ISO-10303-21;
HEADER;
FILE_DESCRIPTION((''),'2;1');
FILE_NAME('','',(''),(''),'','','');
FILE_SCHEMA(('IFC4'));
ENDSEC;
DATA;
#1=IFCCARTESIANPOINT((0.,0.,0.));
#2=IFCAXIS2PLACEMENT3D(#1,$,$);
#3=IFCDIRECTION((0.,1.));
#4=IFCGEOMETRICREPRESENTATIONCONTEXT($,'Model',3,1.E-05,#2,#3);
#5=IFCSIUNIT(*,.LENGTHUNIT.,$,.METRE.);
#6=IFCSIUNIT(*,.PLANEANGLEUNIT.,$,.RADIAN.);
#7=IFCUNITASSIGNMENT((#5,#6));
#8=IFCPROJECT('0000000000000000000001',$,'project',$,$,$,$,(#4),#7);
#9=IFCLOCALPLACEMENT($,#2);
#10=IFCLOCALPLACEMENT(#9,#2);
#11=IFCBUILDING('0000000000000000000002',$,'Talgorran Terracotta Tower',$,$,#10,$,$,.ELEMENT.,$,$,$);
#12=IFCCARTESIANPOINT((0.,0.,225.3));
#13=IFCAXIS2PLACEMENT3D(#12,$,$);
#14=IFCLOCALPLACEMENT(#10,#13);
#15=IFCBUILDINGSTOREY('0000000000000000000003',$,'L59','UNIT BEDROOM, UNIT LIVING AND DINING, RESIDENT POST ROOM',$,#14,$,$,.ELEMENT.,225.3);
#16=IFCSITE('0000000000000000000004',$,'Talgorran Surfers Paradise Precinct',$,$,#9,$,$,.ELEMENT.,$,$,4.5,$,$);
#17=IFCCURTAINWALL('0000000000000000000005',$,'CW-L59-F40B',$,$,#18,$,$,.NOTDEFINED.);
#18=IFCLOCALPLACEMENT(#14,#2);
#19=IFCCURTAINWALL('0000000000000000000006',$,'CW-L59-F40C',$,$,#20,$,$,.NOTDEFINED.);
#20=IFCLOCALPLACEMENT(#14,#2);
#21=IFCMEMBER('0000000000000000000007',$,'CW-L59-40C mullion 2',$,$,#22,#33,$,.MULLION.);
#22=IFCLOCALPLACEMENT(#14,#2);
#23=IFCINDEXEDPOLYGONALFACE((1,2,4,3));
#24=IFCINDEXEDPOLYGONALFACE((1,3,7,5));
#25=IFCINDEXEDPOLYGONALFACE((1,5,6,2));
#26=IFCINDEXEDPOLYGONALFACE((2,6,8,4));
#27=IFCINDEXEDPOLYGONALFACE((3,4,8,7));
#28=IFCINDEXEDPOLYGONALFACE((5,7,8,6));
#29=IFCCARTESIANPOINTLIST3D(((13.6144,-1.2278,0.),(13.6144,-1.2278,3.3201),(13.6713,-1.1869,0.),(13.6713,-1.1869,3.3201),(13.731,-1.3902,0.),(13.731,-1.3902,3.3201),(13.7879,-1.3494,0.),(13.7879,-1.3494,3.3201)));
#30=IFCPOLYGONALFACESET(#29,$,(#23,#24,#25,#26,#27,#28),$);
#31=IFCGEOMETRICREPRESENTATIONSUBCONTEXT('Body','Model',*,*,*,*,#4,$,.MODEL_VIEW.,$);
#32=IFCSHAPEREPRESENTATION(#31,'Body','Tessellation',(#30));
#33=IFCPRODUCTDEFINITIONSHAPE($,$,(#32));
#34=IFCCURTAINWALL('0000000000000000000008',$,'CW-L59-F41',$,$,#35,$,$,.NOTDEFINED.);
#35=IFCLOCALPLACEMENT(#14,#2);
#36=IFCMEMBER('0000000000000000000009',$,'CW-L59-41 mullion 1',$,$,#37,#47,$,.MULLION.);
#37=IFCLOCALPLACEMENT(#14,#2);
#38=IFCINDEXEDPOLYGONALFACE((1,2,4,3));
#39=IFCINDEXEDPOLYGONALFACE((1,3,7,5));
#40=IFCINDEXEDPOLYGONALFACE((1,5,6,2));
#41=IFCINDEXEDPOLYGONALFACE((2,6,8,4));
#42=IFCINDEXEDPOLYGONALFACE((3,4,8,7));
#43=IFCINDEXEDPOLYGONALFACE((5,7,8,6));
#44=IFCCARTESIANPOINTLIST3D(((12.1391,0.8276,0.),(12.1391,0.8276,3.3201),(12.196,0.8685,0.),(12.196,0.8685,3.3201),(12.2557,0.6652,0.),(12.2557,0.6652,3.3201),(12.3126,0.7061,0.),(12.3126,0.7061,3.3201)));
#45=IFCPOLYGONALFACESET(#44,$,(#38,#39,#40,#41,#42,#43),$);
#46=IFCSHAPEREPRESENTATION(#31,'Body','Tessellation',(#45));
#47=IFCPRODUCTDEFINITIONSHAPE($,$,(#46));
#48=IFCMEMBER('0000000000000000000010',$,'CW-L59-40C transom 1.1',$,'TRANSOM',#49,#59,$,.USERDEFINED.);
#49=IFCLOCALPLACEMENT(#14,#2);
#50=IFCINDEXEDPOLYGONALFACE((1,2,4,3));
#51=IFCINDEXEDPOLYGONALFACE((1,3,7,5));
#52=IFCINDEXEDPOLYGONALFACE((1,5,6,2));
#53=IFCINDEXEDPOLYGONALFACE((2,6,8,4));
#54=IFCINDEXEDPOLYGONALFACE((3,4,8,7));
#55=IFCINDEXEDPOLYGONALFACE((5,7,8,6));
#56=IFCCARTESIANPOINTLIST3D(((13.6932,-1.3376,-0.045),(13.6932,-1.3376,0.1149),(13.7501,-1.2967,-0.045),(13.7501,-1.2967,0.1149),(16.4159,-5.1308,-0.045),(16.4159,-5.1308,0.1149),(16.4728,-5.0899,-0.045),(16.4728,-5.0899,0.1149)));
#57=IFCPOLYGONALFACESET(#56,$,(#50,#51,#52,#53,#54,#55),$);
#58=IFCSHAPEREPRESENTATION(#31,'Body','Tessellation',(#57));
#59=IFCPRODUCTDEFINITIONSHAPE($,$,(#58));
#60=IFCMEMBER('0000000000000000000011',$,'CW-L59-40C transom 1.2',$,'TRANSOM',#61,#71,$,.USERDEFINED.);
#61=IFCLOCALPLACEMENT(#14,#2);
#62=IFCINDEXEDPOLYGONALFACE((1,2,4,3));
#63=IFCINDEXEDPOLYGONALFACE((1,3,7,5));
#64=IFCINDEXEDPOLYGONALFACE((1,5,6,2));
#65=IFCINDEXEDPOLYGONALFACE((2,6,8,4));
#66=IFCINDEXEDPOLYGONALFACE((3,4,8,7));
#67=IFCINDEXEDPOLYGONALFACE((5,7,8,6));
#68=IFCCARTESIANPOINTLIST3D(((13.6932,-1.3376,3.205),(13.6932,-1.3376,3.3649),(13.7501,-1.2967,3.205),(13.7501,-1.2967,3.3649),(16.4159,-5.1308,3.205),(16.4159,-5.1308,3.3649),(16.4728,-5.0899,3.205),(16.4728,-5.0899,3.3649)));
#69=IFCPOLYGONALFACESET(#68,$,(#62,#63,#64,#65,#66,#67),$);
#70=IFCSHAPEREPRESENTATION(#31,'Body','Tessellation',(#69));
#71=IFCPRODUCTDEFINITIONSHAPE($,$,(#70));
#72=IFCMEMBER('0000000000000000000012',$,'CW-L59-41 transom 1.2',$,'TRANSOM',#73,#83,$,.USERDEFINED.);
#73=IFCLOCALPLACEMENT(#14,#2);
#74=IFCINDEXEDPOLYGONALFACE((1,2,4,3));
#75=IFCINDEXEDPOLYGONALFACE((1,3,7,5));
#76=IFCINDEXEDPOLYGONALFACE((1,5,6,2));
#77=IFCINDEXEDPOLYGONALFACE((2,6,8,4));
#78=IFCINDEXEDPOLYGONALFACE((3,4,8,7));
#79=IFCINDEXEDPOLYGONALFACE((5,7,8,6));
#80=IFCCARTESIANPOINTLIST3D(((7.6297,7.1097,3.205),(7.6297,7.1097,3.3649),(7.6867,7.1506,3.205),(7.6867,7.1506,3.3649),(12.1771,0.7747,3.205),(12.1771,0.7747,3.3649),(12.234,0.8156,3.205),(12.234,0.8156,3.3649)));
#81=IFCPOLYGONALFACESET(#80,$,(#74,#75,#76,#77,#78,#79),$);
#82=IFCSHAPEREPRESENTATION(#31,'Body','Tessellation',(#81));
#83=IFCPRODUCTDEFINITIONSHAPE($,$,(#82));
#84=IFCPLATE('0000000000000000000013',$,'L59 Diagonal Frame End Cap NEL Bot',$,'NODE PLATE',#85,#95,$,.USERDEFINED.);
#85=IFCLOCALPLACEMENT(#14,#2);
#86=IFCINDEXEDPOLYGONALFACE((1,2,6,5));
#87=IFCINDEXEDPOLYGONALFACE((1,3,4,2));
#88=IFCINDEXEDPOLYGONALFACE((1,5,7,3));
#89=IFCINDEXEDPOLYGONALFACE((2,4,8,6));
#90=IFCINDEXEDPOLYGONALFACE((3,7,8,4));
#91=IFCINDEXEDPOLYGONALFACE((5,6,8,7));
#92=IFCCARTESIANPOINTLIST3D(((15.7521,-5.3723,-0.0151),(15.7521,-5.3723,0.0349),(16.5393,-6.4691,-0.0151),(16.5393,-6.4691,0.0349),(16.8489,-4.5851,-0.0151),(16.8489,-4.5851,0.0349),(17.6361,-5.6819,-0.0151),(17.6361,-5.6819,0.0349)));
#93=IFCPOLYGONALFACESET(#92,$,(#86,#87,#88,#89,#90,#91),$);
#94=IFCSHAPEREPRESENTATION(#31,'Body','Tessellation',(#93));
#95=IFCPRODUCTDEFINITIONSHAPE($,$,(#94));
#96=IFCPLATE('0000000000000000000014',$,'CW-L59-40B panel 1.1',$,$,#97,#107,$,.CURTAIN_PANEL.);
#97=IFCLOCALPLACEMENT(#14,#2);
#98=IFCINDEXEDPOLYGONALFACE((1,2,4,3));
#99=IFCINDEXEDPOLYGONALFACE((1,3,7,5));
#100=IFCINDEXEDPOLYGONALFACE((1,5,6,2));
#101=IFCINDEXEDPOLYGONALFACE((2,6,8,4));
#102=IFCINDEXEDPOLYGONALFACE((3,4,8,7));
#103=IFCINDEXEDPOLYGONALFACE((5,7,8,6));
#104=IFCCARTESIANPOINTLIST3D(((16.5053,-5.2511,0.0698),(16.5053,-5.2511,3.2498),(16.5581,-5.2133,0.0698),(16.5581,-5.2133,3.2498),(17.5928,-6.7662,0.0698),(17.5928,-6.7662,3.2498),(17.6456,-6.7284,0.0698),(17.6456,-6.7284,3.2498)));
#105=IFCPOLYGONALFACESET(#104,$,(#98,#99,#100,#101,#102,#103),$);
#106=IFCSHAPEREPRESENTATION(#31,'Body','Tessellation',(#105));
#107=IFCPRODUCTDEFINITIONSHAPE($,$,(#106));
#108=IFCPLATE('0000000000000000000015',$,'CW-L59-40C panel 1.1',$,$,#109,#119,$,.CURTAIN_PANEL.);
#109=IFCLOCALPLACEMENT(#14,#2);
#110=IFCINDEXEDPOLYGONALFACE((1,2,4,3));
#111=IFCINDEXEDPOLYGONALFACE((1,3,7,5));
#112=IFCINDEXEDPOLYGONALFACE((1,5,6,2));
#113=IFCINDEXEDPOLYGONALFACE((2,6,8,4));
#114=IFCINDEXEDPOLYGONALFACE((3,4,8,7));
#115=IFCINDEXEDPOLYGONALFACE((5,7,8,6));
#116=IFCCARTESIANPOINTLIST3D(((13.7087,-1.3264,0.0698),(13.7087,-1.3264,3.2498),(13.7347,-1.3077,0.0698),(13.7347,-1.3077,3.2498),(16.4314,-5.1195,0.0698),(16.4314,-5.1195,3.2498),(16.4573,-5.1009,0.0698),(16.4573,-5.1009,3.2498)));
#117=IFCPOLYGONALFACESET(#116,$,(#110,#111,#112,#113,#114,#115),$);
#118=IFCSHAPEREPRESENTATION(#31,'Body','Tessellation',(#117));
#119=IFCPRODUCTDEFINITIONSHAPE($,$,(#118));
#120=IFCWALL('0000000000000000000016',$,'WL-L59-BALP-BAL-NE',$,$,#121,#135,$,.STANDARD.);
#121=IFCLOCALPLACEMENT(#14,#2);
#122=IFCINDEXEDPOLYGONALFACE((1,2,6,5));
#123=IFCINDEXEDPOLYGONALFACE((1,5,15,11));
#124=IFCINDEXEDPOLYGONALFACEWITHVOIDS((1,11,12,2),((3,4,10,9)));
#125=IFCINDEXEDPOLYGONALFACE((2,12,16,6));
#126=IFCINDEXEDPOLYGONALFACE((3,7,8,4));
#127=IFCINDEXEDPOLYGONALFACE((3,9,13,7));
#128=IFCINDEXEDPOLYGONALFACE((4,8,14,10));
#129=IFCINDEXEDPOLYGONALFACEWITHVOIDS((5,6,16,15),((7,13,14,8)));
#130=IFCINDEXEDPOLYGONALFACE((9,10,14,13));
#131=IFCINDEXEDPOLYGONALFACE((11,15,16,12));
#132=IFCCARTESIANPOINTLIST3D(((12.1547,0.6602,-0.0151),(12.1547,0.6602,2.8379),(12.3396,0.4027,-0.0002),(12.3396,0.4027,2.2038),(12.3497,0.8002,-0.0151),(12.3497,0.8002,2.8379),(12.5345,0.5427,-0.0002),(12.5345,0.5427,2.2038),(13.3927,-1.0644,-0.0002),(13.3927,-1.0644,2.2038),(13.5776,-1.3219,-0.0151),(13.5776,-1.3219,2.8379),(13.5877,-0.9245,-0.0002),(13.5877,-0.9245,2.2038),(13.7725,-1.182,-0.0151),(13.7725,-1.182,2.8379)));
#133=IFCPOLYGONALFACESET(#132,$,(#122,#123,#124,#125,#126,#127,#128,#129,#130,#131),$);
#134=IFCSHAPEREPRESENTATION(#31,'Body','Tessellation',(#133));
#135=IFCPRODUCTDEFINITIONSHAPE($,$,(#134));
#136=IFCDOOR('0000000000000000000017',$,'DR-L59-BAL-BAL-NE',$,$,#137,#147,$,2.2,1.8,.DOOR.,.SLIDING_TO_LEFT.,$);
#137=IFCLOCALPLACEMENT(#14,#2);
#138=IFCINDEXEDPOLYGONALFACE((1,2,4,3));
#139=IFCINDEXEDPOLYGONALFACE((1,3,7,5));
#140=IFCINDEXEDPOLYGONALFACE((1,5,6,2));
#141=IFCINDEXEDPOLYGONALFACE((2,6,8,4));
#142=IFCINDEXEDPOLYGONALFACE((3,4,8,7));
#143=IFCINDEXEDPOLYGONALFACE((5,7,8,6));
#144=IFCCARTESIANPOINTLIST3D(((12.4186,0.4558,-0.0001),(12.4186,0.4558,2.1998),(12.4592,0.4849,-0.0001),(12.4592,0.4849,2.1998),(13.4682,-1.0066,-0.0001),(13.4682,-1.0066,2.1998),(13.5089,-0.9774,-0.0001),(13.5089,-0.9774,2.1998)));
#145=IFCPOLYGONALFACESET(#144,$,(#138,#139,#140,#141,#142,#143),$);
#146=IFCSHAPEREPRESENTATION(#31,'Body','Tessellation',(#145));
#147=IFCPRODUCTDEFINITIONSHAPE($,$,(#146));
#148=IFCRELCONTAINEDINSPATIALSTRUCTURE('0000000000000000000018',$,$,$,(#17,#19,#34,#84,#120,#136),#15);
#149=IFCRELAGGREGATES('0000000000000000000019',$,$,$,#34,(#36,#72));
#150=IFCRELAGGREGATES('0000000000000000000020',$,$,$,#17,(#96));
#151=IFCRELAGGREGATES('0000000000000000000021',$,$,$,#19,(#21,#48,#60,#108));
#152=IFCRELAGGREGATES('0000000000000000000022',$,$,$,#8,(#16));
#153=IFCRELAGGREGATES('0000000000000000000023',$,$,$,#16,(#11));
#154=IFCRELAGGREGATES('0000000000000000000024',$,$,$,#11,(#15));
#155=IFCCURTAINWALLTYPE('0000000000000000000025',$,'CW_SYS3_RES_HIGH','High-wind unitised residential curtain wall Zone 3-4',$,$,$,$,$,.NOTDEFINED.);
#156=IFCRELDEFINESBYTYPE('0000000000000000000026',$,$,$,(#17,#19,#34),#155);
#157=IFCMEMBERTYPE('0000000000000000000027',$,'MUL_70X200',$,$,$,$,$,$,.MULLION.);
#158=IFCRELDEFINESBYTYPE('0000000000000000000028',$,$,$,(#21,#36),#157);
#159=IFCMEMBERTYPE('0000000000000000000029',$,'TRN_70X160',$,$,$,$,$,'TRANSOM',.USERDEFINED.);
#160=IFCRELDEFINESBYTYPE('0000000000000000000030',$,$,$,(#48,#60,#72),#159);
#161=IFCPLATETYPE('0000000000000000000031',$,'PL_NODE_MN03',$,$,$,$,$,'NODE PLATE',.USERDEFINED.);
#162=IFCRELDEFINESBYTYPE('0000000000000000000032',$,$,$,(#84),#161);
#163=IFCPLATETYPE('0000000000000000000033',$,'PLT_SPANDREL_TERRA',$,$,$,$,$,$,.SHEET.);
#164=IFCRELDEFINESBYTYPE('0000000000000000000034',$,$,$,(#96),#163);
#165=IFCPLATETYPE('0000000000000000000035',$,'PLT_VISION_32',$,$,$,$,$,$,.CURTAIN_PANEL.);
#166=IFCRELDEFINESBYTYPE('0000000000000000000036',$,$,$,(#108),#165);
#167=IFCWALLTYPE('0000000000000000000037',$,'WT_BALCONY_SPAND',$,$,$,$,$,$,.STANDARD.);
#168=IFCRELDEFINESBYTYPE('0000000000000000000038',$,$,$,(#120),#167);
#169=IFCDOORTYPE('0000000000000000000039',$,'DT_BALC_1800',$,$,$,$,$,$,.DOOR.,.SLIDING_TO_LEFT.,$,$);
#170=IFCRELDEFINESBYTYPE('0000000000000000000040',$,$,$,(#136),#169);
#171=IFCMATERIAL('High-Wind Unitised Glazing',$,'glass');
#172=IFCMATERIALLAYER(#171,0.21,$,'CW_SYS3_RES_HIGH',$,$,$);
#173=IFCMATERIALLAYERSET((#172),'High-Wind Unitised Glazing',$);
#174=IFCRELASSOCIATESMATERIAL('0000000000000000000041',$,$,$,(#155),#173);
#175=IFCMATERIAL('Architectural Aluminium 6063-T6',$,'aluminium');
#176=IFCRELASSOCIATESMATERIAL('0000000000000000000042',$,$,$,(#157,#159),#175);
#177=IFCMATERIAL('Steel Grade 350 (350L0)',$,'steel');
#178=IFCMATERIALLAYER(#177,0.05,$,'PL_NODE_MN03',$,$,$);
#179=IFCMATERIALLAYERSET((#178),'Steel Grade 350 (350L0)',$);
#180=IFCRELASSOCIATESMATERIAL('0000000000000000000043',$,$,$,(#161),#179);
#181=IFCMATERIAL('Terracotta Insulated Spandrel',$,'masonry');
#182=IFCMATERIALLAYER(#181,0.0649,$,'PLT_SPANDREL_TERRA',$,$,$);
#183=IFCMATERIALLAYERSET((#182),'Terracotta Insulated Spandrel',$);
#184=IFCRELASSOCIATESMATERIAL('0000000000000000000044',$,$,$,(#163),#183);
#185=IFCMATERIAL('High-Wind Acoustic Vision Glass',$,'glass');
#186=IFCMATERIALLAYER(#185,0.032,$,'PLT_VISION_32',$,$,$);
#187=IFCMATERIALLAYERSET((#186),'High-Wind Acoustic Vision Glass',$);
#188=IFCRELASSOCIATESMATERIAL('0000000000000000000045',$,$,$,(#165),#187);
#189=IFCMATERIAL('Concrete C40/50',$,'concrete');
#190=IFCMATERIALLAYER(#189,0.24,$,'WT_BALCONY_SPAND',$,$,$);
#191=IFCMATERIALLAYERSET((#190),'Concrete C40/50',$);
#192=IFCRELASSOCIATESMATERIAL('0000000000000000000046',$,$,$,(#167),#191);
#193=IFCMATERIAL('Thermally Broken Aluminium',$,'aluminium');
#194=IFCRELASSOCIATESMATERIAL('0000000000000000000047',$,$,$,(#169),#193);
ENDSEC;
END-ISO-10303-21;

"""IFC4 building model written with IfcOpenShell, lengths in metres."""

from ifc_helpers import new_model, si_unit, direction, frame, frame_2d, origin, origin_2d, place, context, subcontext, project, spatial, rectangle, extrude, source, transform, mapped, material, layer, layer_set, material_profile, profile_set, type_object, type_shapes, element, fill, aggregate, save


model = new_model("IFC4")

# Units and contexts
model_context = context("Model", 3, precision=1e-05, world=origin(), true_north=direction((0.0, 1.0)))
body_context = subcontext(model_context, "Body", "Model", "MODEL_VIEW")
ifc_project = project(units=[si_unit("LENGTHUNIT", "METRE"), si_unit("PLANEANGLEUNIT", "RADIAN")], contexts=[model_context])

# Site, building, storey
site_placement = place(None, origin())
site = spatial("IfcSite", under=ifc_project, at=site_placement, Name="Talgorran Surfers Paradise Precinct", CompositionType="ELEMENT", RefElevation=4.5)
building_placement = place(site_placement, origin())
building = spatial("IfcBuilding", under=site, at=building_placement, Name="Talgorran Terracotta Tower", CompositionType="ELEMENT")
storey_placement = place(building_placement, frame((0.0, 0.0, 225.3)))
storey = spatial("IfcBuildingStorey", under=building, at=storey_placement, Name="L59", Description="UNIT BEDROOM, UNIT LIVING AND DINING, RESIDENT POST ROOM", CompositionType="ELEMENT", Elevation=225.3)

# Shared definitions
ifc_material_1 = material(Name="Steel Grade 350 (350L0)", Category="steel")

# Curtain wall
ifc_material_2 = material(Name="High-Wind Unitised Glazing", Category="glass")
ifc_layer_1 = layer(ifc_material_2, 0.21, Name="CW_SYS3_RES_HIGH")
ifc_layer_set_1 = layer_set([ifc_layer_1], Name="High-Wind Unitised Glazing")
curtain_wall_type = type_object("IfcCurtainWallType", Name="CW_SYS3_RES_HIGH", Description="High-wind unitised residential curtain wall Zone 3-4", PredefinedType="NOTDEFINED", material=ifc_layer_set_1)
curtain_wall_1_placement = place(storey_placement, origin())
curtain_wall_1 = element("IfcCurtainWall", 1, at=curtain_wall_1_placement, inside=storey, type_object=curtain_wall_type, Name="CW-L59-F40B", PredefinedType="NOTDEFINED")
ifc_material_3 = material(Name="Architectural Aluminium 6063-T6", Category="aluminium")
ifc_material_profile_1 = material_profile(ifc_material_3, rectangle(XDim=0.0701, YDim=0.2, at=origin_2d()), Name="CWM70X200")
ifc_profile_set_1 = profile_set([ifc_material_profile_1], Name="Architectural Aluminium 6063-T6")
member_type_1 = type_object("IfcMemberType", Name="MUL_70X200", PredefinedType="MULLION", material=ifc_profile_set_1)

# Curtain wall, member
curtain_wall_2_placement = place(storey_placement, origin())
curtain_wall_2 = element("IfcCurtainWall", 2, at=curtain_wall_2_placement, inside=storey, type_object=curtain_wall_type, Name="CW-L59-F40C", PredefinedType="NOTDEFINED")
member_1_placement = place(storey_placement, frame((13.7012, -1.2886, 0.0), z_axis=(0.0, 0.0, 1.0), x_axis=(-0.812388, -0.583117, 0.0)))
member_1 = element("IfcMember", 3, at=member_1_placement, type_object=member_type_1, Name="CW-L59-40C mullion 2", PredefinedType="MULLION", context=body_context, shape_type="SweptSolid", body=[
    extrude(rectangle(XDim=0.0701, YDim=0.2, at=origin_2d()), origin(), (0.0, 0.0, 1.0), 3.3201),
])

# Curtain wall, member
curtain_wall_3_placement = place(storey_placement, origin())
curtain_wall_3 = element("IfcCurtainWall", 4, at=curtain_wall_3_placement, inside=storey, type_object=curtain_wall_type, Name="CW-L59-F41", PredefinedType="NOTDEFINED")
member_2_placement = place(storey_placement, frame((12.2258, 0.7668, 0.0), z_axis=(0.0, 0.0, 1.0), x_axis=(-0.81239, -0.583115, 0.0)))
member_2 = element("IfcMember", 5, at=member_2_placement, type_object=member_type_1, Name="CW-L59-41 mullion 1", PredefinedType="MULLION", context=body_context, shape_type="SweptSolid", body=[
    extrude(rectangle(XDim=0.0701, YDim=0.2, at=origin_2d()), origin(), (0.0, 0.0, 1.0), 3.3201),
])

# Members
ifc_material_profile_2 = material_profile(ifc_material_3, rectangle(XDim=0.0701, YDim=0.1599, at=origin_2d()), Name="CWT70X160")
ifc_profile_set_2 = profile_set([ifc_material_profile_2], Name="Architectural Aluminium 6063-T6")
member_type_2 = type_object("IfcMemberType", Name="TRN_70X160", ElementType="TRANSOM", PredefinedType="USERDEFINED", material=ifc_profile_set_2)
member_3_placement = place(storey_placement, frame((16.4443, -5.1104, 0.0349), z_axis=(-0.583111, 0.812392, 0.0), x_axis=(-0.812392, -0.583111, 0.0)))
member_3 = element("IfcMember", 6, at=member_3_placement, type_object=member_type_2, Name="CW-L59-40C transom 1.1", ObjectType="TRANSOM", PredefinedType="USERDEFINED", context=body_context, shape_type="SweptSolid", body=[
    extrude(rectangle(XDim=0.0701, YDim=0.1599, at=origin_2d()), origin(), (0.0, 0.0, 1.0), 4.6692),
])
member_4_placement = place(storey_placement, frame((16.4443, -5.1104, 3.2849), z_axis=(-0.583111, 0.812392, 0.0), x_axis=(-0.812392, -0.583111, 0.0)))
member_4 = element("IfcMember", 7, at=member_4_placement, type_object=member_type_2, Name="CW-L59-40C transom 1.2", ObjectType="TRANSOM", PredefinedType="USERDEFINED", context=body_context, shape_type="SweptSolid", body=[
    extrude(rectangle(XDim=0.0701, YDim=0.1599, at=origin_2d()), origin(), (0.0, 0.0, 1.0), 4.6692),
])
member_5_placement = place(storey_placement, frame((12.2056, 0.7952, 3.2849), z_axis=(-0.583138, 0.812373, 0.0), x_axis=(-0.812373, -0.583138, 0.0)))
member_5 = element("IfcMember", 8, at=member_5_placement, type_object=member_type_2, Name="CW-L59-41 transom 1.2", ObjectType="TRANSOM", PredefinedType="USERDEFINED", context=body_context, shape_type="SweptSolid", body=[
    extrude(rectangle(XDim=0.0701, YDim=0.1599, at=origin_2d()), origin(), (0.0, 0.0, 1.0), 7.7981),
])
aggregate(curtain_wall_3, [member_2, member_5])

# Plates
ifc_layer_2 = layer(ifc_material_1, 0.05, Name="PL_NODE_MN03")
ifc_layer_set_2 = layer_set([ifc_layer_2], Name="Steel Grade 350 (350L0)")
plate_type_1 = type_object("IfcPlateType", Name="PL_NODE_MN03", ElementType="NODE PLATE", PredefinedType="USERDEFINED", material=ifc_layer_set_2)
plate_1_placement = place(storey_placement, frame((16.6941, -5.5271, -0.0151), z_axis=(0.0, 0.0, 1.0), x_axis=(0.583116, -0.812389, 0.0)))
element("IfcPlate", 9, at=plate_1_placement, inside=storey, type_object=plate_type_1, Name="L59 Diagonal Frame End Cap NEL Bot", ObjectType="NODE PLATE", PredefinedType="USERDEFINED", context=body_context, shape_type="SweptSolid", body=[
    extrude(rectangle(XDim=1.3501, YDim=1.3501, at=origin_2d()), origin(), (0.0, 0.0, 1.0), 0.05),
])
ifc_material_4 = material(Name="Terracotta Insulated Spandrel", Category="masonry")
ifc_layer_3 = layer(ifc_material_4, 0.0649, Name="PLT_SPANDREL_TERRA")
ifc_layer_set_3 = layer_set([ifc_layer_3], Name="Terracotta Insulated Spandrel")
plate_type_2 = type_object("IfcPlateType", Name="PLT_SPANDREL_TERRA", PredefinedType="SHEET", material=ifc_layer_set_3)
shared_shape_1 = source(origin(), body_context, "Body", "SweptSolid", [
    extrude(rectangle(XDim=1.865, YDim=0.0649, at=origin_2d()), origin(), (0.0, 0.0, 1.0), 3.1799),
])
type_shapes(plate_type_2, [shared_shape_1])
plate_2_placement = place(storey_placement, frame((17.0754, -5.9897, 0.0698), z_axis=(0.0, 0.0, 1.0), x_axis=(-0.583119, 0.812387, 0.0)))
plate_2 = element("IfcPlate", 10, at=plate_2_placement, type_object=plate_type_2, Name="CW-L59-40B panel 1.1", PredefinedType="CURTAIN_PANEL", context=body_context, shape_type="MappedRepresentation", body=[
    mapped(shared_shape_1, transform((0.0, 0.0, 0.0), scale=1.0)),
])
aggregate(curtain_wall_1, [plate_2])
ifc_material_5 = material(Name="High-Wind Acoustic Vision Glass", Category="glass")
ifc_layer_4 = layer(ifc_material_5, 0.032, Name="PLT_VISION_32")
ifc_layer_set_4 = layer_set([ifc_layer_4], Name="High-Wind Acoustic Vision Glass")
plate_type_3 = type_object("IfcPlateType", Name="PLT_VISION_32", PredefinedType="CURTAIN_PANEL", material=ifc_layer_set_4)
shared_shape_2 = source(origin(), body_context, "Body", "SweptSolid", [
    extrude(rectangle(XDim=4.6692, YDim=0.032, at=origin_2d()), origin(), (0.0, 0.0, 1.0), 3.1799),
])
type_shapes(plate_type_3, [shared_shape_2])
plate_3_placement = place(storey_placement, frame((15.083, -3.2136, 0.0698), z_axis=(0.0, 0.0, 1.0), x_axis=(-0.583117, 0.812388, 0.0)))
plate_3 = element("IfcPlate", 11, at=plate_3_placement, type_object=plate_type_3, Name="CW-L59-40C panel 1.1", PredefinedType="CURTAIN_PANEL", context=body_context, shape_type="MappedRepresentation", body=[
    mapped(shared_shape_2, transform((0.0, 0.0, 0.0), scale=1.0)),
])
aggregate(curtain_wall_2, [member_1, member_3, member_4, plate_3])

# Wall, opening, door
ifc_material_6 = material(Name="Concrete C40/50", Category="concrete")
ifc_layer_5 = layer(ifc_material_6, 0.24, Name="WT_BALCONY_SPAND")
ifc_layer_set_5 = layer_set([ifc_layer_5], Name="Concrete C40/50")
wall_type_1 = type_object("IfcWallType", Name="WT_BALCONY_SPAND", PredefinedType="STANDARD", material=ifc_layer_set_5)
wall_1_placement = place(storey_placement, frame((13.675, -1.252, -0.0151), z_axis=(0.0, 0.0, 1.0), x_axis=(-0.583139, 0.812372, 0.0)))
wall_1 = element("IfcWall", 12, at=wall_1_placement, inside=storey, type_object=wall_type_1, Name="WL-L59-BALP-BAL-NE", PredefinedType="STANDARD", context=body_context, shape_type="SweptSolid", body=[
    extrude(rectangle(XDim=2.4399, YDim=0.24, at=frame_2d((1.22, 0.0))), origin(), (0.0, 0.0, 1.0), 2.853),
])
opening_1_placement = place(wall_1_placement, frame((0.3201, 0.0, 0.0149)))
opening_1 = element("IfcOpeningElement", 13, at=opening_1_placement, cuts=wall_1, PredefinedType="OPENING", context=body_context, shape_type="SweptSolid", body=[
    extrude(rectangle(XDim=1.806, YDim=2.204, at=frame_2d((0.8999, 1.1021))), frame((0.0, 0.1299, 0.0), z_axis=(0.0, -1.0, 0.0), x_axis=(1.0, 0.0, 0.0)), (0.0, 0.0, 1.0), 0.26),
])
ifc_material_7 = material(Name="Thermally Broken Aluminium", Category="aluminium")
door_type_1 = type_object("IfcDoorType", Name="DT_BALC_1800", OperationType="SLIDING_TO_LEFT", PredefinedType="DOOR", material=ifc_material_7)
door_1_placement = place(opening_1_placement, origin())
door_1 = element("IfcDoor", 14, at=door_1_placement, inside=storey, type_object=door_type_1, Name="DR-L59-BAL-BAL-NE", OperationType="SLIDING_TO_LEFT", OverallHeight=2.2, OverallWidth=1.8, PredefinedType="DOOR", context=body_context, shape_type="SweptSolid", body=[
    extrude(rectangle(XDim=1.8, YDim=2.2, at=frame_2d((0.8999, 1.1001))), frame((0.0, 0.0249, 0.0), z_axis=(0.0, -1.0, 0.0), x_axis=(1.0, 0.0, 0.0)), (0.0, 0.0, 1.0), 0.05),
])
fill(opening_1, door_1)

save(model, "model.ifc")
